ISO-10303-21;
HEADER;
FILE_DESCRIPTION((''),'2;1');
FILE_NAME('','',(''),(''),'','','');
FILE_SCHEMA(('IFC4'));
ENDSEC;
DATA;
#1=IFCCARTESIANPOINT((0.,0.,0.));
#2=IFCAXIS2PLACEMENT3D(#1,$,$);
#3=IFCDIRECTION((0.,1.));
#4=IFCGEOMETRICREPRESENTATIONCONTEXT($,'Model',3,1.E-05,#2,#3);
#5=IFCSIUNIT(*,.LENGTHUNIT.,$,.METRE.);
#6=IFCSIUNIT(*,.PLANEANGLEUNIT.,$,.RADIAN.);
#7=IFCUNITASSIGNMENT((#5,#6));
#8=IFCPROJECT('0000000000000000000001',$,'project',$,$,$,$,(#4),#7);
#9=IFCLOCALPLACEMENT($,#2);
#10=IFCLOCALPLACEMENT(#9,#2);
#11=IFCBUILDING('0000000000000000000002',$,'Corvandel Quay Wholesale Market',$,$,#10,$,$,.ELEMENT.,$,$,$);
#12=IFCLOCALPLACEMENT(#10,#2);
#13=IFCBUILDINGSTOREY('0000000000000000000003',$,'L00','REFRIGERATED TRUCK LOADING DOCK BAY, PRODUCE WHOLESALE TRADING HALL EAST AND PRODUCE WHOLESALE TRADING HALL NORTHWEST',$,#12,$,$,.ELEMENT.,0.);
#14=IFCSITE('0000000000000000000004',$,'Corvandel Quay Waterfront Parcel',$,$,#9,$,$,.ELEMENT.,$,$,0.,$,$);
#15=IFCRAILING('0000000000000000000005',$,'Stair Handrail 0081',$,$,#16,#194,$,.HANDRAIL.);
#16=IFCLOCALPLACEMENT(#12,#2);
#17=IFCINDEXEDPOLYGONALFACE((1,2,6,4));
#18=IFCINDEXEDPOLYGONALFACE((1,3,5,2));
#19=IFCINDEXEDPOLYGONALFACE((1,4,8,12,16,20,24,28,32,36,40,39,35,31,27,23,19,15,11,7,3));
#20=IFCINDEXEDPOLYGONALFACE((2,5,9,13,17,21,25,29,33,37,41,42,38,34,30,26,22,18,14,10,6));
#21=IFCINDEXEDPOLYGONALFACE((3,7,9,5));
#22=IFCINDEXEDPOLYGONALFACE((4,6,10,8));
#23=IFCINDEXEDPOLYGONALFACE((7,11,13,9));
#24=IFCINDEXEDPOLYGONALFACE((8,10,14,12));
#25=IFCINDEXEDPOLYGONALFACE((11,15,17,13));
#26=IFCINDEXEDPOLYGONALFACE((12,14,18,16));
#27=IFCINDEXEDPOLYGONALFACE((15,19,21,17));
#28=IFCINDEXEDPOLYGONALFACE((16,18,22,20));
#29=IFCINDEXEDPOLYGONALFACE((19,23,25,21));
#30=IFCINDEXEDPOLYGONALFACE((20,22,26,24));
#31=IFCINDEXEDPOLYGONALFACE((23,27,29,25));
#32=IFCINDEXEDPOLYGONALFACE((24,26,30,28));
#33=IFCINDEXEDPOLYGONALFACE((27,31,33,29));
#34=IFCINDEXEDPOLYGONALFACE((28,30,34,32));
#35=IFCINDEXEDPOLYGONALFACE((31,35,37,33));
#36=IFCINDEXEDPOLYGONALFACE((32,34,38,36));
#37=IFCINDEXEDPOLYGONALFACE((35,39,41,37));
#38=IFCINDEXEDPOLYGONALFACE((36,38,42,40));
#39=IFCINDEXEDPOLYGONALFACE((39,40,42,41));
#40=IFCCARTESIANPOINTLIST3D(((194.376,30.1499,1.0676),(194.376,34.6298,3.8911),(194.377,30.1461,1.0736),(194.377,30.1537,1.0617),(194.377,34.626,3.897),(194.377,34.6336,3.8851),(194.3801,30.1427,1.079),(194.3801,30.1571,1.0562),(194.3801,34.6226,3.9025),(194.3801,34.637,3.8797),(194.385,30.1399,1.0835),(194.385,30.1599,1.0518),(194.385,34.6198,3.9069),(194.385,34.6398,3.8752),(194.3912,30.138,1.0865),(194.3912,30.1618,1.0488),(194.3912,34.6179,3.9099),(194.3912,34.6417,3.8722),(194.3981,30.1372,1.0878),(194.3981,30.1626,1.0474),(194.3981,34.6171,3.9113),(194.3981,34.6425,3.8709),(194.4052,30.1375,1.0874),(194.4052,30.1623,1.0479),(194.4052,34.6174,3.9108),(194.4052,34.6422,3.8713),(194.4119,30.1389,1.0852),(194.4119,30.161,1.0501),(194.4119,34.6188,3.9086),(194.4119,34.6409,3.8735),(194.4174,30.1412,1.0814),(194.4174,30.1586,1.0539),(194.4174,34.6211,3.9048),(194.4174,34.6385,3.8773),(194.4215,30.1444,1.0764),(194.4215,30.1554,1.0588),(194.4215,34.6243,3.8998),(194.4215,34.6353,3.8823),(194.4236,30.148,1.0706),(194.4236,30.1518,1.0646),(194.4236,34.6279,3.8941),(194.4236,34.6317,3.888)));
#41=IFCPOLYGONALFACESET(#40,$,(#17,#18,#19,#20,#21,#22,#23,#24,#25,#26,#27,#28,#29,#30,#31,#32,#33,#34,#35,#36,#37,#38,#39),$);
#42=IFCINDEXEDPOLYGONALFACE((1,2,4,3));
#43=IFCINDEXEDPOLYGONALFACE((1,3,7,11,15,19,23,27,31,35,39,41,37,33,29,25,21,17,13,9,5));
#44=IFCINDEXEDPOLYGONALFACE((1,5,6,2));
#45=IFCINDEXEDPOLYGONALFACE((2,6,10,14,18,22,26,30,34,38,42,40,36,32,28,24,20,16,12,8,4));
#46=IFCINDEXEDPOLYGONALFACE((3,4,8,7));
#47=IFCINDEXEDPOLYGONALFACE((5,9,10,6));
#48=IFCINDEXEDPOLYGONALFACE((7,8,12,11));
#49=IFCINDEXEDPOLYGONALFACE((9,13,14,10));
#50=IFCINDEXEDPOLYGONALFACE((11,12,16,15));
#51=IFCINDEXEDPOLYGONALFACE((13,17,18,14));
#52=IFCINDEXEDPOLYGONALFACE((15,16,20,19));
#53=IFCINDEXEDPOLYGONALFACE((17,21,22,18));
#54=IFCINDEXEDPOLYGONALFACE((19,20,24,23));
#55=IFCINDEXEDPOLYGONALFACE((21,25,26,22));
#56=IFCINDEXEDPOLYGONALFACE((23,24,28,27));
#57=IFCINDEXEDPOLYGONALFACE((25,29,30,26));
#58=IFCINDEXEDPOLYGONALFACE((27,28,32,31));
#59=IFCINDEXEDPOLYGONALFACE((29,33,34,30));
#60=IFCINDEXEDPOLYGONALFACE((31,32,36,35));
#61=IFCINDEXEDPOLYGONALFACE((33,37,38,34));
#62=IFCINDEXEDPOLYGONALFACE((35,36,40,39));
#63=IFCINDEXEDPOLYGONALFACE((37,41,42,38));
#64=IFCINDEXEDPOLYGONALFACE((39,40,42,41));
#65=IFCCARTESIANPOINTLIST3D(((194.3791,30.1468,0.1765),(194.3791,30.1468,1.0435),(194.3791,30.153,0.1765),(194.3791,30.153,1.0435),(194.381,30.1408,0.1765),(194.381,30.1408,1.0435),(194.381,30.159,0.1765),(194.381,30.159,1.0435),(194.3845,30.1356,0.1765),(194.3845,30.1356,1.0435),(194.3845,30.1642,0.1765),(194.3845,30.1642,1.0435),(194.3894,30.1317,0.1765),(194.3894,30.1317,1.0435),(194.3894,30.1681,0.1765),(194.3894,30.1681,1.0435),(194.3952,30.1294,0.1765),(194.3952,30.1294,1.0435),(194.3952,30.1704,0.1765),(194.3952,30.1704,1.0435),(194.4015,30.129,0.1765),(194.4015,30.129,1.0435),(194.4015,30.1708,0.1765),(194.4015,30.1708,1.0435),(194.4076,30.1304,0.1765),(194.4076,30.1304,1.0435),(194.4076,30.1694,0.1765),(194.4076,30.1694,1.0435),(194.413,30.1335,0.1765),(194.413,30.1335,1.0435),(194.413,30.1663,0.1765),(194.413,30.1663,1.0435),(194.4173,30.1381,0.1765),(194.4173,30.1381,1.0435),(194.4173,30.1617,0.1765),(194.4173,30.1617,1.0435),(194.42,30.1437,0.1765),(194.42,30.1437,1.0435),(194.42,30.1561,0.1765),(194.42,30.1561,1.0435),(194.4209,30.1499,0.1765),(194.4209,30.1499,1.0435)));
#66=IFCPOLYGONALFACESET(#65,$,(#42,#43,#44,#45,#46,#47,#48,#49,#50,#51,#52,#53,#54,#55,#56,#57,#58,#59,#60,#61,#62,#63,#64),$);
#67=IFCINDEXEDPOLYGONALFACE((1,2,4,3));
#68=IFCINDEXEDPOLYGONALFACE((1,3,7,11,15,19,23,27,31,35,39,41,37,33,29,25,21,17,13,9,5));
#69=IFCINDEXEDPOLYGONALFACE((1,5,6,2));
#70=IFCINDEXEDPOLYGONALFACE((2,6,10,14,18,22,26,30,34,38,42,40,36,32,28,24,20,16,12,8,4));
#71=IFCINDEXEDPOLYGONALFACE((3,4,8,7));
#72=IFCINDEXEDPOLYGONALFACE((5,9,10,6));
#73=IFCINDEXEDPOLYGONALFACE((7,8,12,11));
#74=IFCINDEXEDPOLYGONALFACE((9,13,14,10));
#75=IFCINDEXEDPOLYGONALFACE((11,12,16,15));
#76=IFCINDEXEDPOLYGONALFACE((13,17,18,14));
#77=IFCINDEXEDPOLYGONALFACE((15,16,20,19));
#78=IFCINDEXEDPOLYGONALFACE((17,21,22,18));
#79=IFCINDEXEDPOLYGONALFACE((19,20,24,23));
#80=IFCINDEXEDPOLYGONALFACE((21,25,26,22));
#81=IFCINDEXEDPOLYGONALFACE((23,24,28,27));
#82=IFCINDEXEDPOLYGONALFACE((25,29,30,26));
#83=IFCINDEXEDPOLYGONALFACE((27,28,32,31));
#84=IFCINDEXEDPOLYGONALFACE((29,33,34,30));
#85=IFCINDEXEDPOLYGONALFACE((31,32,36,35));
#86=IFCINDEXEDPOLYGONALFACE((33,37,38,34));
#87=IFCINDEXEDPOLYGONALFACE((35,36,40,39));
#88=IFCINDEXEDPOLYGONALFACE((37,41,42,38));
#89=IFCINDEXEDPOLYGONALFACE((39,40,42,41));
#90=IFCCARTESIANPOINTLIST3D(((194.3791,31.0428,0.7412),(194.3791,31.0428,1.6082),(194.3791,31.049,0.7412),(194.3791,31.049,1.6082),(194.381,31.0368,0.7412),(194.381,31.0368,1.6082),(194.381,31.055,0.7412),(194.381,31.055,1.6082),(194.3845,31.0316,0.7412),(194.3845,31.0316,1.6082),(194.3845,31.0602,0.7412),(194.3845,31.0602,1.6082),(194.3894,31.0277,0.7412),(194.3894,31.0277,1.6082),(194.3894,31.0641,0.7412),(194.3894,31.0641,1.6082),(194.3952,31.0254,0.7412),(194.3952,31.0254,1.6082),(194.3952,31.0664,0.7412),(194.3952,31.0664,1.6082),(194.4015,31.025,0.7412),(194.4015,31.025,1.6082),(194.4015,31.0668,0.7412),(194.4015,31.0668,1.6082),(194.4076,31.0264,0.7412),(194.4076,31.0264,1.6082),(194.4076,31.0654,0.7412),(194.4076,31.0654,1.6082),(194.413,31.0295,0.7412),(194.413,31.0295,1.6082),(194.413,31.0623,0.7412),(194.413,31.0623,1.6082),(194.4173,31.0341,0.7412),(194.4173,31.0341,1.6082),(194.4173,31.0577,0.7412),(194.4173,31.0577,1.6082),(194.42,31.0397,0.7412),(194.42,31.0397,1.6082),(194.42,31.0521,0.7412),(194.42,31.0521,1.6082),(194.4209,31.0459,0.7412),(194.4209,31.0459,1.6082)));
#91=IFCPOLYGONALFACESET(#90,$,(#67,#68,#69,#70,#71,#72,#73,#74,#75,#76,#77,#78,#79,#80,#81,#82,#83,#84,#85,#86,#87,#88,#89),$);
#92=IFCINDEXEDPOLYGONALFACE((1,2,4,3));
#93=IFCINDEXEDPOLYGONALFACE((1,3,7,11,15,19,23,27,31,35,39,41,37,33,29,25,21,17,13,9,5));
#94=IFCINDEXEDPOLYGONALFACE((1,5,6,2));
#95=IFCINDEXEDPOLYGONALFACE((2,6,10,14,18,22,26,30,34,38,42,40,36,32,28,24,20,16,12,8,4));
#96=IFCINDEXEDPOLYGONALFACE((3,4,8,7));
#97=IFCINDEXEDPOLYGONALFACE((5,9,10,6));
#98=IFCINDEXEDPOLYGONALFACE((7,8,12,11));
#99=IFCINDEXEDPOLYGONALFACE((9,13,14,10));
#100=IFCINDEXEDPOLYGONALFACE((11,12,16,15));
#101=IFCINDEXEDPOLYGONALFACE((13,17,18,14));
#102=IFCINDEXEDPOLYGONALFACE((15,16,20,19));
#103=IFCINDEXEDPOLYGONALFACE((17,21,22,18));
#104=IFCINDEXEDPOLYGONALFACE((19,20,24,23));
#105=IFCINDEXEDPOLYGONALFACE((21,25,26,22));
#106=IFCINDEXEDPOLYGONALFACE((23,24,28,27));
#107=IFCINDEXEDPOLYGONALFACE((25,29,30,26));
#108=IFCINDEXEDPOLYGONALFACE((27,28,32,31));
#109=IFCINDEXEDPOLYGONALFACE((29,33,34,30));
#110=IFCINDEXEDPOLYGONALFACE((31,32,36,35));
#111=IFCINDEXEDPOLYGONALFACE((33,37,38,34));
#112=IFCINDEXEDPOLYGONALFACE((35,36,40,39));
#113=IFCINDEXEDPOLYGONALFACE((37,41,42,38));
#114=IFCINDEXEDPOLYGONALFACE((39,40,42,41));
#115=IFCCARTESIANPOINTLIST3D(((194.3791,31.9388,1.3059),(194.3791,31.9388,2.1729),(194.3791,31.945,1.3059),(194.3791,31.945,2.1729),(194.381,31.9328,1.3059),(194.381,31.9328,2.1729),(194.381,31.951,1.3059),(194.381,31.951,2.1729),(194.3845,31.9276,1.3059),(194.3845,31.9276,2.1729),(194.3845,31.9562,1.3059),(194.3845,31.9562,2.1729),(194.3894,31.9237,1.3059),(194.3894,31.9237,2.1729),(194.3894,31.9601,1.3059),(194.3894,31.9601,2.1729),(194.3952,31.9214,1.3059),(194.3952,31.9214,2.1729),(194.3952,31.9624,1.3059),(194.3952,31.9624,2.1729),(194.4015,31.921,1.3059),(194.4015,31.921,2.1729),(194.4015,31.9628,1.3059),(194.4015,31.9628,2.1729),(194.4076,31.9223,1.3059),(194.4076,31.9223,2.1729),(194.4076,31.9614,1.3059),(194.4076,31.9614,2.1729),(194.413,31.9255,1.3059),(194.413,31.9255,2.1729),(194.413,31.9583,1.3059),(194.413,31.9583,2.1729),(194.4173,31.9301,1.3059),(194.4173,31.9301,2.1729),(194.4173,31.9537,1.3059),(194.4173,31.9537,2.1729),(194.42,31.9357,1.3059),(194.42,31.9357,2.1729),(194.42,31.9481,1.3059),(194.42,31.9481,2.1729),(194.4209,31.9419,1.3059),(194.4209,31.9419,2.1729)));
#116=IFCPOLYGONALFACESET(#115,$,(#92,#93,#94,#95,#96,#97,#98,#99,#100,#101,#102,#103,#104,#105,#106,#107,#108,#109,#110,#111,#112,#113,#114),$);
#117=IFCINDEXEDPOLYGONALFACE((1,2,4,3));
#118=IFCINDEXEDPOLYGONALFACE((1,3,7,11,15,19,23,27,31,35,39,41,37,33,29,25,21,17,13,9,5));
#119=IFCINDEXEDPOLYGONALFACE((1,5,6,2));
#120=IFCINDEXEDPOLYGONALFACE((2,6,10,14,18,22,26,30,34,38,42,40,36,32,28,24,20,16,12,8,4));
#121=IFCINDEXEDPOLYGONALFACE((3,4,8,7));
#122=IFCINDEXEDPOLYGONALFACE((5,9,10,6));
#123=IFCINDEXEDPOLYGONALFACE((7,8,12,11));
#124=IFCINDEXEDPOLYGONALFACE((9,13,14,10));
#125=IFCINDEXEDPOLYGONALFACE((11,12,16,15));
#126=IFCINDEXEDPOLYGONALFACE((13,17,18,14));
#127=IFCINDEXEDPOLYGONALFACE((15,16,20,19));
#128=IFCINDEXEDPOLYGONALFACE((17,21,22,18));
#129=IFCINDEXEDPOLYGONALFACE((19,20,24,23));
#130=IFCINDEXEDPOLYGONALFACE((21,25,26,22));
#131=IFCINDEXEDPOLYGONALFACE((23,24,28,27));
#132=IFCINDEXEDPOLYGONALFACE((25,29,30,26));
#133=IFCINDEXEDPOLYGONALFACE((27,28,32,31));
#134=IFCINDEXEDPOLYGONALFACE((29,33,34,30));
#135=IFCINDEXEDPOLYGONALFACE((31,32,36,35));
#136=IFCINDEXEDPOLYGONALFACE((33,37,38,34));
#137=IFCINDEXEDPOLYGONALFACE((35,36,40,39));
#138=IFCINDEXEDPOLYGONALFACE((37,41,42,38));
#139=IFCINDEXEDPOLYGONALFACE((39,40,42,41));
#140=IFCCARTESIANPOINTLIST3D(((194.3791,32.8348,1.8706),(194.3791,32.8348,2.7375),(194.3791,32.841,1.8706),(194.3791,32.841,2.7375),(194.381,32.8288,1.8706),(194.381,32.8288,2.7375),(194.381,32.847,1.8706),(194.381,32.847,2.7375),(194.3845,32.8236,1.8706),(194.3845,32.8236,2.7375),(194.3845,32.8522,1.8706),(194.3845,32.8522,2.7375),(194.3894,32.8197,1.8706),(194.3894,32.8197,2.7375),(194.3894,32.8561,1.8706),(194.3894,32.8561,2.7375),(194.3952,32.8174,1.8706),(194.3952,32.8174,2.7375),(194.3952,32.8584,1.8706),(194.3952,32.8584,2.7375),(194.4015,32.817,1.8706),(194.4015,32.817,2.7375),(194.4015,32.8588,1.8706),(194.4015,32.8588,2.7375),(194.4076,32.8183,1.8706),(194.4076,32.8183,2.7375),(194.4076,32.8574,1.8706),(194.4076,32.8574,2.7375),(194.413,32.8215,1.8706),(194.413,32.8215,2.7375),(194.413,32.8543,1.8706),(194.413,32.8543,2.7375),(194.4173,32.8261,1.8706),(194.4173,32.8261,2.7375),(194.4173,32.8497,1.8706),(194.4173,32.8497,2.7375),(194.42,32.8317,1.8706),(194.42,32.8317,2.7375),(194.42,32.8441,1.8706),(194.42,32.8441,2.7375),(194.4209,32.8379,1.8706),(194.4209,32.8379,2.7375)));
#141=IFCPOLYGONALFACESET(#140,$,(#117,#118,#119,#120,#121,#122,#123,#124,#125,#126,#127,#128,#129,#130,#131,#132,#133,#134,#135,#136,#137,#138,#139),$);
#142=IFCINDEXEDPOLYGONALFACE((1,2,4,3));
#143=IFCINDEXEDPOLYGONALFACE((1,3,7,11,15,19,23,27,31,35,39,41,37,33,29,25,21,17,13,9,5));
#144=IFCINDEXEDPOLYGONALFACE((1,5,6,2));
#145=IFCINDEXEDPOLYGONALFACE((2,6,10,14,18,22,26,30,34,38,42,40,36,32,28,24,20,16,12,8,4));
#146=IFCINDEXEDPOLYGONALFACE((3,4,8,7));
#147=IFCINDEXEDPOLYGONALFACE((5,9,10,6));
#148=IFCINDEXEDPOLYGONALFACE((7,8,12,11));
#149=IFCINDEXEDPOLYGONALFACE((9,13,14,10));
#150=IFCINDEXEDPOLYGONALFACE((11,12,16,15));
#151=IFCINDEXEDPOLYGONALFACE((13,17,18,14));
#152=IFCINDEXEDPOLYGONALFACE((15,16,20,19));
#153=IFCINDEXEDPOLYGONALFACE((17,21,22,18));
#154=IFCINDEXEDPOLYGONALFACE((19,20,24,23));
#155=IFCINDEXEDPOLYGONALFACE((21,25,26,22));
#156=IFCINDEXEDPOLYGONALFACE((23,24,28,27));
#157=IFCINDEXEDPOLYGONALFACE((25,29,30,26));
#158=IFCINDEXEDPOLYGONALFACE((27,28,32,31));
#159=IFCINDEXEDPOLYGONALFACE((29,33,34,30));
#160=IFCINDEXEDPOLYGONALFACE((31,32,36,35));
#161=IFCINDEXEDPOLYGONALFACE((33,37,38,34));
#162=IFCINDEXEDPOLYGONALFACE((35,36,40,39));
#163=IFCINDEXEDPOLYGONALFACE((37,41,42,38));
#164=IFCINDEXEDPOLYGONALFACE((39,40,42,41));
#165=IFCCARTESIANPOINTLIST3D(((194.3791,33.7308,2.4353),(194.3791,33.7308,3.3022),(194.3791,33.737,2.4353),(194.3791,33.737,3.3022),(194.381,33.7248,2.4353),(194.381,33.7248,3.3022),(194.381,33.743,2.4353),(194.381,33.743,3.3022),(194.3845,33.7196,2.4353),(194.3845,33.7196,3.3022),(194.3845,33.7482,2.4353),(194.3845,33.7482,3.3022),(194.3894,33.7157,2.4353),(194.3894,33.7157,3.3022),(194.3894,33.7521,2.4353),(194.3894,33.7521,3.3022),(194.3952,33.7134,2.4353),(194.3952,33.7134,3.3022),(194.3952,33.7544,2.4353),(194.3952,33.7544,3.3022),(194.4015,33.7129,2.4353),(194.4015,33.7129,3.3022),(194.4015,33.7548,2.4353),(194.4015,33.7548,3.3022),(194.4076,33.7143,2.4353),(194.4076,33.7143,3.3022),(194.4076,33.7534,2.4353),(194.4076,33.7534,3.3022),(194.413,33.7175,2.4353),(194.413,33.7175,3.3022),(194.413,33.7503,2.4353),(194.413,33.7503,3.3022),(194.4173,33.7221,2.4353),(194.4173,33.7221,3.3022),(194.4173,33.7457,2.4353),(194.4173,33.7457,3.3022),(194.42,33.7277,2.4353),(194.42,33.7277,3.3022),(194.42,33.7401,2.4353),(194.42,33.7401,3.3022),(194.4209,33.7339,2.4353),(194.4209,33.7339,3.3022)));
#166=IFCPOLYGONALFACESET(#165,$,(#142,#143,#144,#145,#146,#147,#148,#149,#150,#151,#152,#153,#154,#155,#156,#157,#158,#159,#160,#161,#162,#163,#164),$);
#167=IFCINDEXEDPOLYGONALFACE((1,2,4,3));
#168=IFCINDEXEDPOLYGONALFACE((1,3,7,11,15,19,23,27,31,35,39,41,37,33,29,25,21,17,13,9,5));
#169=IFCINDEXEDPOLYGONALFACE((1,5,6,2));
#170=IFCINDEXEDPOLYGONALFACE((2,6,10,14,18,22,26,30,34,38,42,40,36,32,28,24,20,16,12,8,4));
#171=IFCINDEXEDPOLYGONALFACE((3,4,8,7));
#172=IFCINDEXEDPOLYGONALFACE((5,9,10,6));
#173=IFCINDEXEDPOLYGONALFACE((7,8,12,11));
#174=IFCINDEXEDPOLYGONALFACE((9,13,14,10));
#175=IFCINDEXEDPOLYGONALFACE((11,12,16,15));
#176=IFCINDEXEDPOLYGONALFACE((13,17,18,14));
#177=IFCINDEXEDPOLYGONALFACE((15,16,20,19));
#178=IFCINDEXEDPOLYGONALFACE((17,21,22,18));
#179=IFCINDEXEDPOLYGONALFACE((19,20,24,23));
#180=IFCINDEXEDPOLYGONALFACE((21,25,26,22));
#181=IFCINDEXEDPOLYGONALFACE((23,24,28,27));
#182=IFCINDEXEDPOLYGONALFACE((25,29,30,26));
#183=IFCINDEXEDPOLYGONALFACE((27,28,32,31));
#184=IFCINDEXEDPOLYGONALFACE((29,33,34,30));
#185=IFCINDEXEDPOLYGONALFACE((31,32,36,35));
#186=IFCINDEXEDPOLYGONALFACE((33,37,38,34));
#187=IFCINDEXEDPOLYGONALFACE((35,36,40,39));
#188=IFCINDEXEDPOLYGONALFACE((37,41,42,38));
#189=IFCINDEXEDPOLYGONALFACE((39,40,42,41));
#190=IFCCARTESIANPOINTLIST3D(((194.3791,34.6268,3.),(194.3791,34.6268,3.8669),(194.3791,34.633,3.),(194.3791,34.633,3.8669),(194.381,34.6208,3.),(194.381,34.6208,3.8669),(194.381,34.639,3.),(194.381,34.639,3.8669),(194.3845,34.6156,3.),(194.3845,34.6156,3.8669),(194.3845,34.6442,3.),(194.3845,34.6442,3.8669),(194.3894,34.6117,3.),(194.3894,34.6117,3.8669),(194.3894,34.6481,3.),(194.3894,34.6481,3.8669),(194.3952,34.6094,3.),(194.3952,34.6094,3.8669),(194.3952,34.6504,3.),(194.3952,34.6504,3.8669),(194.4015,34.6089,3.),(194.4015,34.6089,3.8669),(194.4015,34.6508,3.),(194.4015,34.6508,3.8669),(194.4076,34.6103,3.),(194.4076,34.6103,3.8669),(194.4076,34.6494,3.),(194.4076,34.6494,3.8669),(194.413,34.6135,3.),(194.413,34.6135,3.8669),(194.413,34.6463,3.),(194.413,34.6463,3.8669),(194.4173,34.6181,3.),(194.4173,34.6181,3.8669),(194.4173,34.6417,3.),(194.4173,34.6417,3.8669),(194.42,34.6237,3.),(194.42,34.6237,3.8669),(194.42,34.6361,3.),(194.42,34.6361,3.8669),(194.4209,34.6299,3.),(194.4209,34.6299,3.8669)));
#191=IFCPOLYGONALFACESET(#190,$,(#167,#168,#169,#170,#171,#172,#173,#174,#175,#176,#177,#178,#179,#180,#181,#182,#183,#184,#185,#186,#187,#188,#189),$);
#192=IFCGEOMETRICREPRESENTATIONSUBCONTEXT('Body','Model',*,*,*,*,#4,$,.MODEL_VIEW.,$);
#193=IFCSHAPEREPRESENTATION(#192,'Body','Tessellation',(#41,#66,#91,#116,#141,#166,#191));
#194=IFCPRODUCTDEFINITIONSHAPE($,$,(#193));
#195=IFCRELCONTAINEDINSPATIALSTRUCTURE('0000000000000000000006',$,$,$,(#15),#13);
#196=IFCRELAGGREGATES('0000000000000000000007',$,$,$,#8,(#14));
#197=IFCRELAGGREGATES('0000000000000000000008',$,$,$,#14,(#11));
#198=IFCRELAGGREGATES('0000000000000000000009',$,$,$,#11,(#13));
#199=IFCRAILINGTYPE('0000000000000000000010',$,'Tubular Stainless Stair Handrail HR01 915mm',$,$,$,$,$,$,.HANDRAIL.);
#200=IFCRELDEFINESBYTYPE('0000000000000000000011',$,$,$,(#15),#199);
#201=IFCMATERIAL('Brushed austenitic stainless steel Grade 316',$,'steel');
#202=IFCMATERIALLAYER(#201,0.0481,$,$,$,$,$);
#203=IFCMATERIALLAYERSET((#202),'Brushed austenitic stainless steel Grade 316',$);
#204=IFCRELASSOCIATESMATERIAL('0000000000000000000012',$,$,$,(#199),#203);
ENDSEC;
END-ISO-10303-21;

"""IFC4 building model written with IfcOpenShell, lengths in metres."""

from ifc_helpers import new_model, si_unit, direction, frame, origin, origin_2d, place, context, subcontext, project, spatial, circle, extrude, material, layer, layer_set, type_object, element, save


model = new_model("IFC4")

# Units and contexts
model_context = context("Model", 3, precision=1e-05, world=origin(), true_north=direction((0.0, 1.0)))
body_context = subcontext(model_context, "Body", "Model", "MODEL_VIEW")
ifc_project = project(units=[si_unit("LENGTHUNIT", "METRE"), si_unit("PLANEANGLEUNIT", "RADIAN")], contexts=[model_context])

# Site, building, storey
site_placement = place(None, origin())
site = spatial("IfcSite", under=ifc_project, at=site_placement, Name="Corvandel Quay Waterfront Parcel", CompositionType="ELEMENT", RefElevation=0.0)
building_placement = place(site_placement, origin())
building = spatial("IfcBuilding", under=site, at=building_placement, Name="Corvandel Quay Wholesale Market", CompositionType="ELEMENT")
storey_placement = place(building_placement, origin())
storey = spatial("IfcBuildingStorey", under=building, at=storey_placement, Name="L00", Description="REFRIGERATED TRUCK LOADING DOCK BAY, PRODUCE WHOLESALE TRADING HALL EAST AND PRODUCE WHOLESALE TRADING HALL NORTHWEST", CompositionType="ELEMENT", Elevation=0.0)

# Railing
ifc_material_1 = material(Name="Brushed austenitic stainless steel Grade 316", Category="steel")
ifc_layer_1 = layer(ifc_material_1, 0.0481)
ifc_layer_set_1 = layer_set([ifc_layer_1], Name="Brushed austenitic stainless steel Grade 316")
railing_type_1 = type_object("IfcRailingType", Name="Tubular Stainless Stair Handrail HR01 915mm", PredefinedType="HANDRAIL", material=ifc_layer_set_1)
railing_1_placement = place(storey_placement, frame((194.3999, 30.1499, 0.1765)))
element("IfcRailing", 1, at=railing_1_placement, inside=storey, type_object=railing_type_1, Name="Stair Handrail 0081", PredefinedType="HANDRAIL", context=body_context, shape_type="SweptSolid", body=[
    extrude(circle(Radius=0.0239, at=origin_2d()), frame((0.0, 0.0, 0.8911), z_axis=(0.0, 0.845998, 0.533186), x_axis=(-1.0, 0.0, 0.0)), (0.0, 0.0, 1.0), 5.2954),
    extrude(circle(Radius=0.021, at=origin_2d()), origin(), (0.0, 0.0, 1.0), 0.8669),
    extrude(circle(Radius=0.021, at=origin_2d()), frame((0.0, 0.896, 0.5647)), (0.0, 0.0, 1.0), 0.8669),
    extrude(circle(Radius=0.021, at=origin_2d()), frame((0.0, 1.792, 1.1294)), (0.0, 0.0, 1.0), 0.8669),
    extrude(circle(Radius=0.021, at=origin_2d()), frame((0.0, 2.688, 1.6941)), (0.0, 0.0, 1.0), 0.8669),
    extrude(circle(Radius=0.021, at=origin_2d()), frame((0.0, 3.584, 2.2588)), (0.0, 0.0, 1.0), 0.8669),
    extrude(circle(Radius=0.021, at=origin_2d()), frame((0.0, 4.48, 2.8235)), (0.0, 0.0, 1.0), 0.8669),
])

save(model, "model.ifc")
